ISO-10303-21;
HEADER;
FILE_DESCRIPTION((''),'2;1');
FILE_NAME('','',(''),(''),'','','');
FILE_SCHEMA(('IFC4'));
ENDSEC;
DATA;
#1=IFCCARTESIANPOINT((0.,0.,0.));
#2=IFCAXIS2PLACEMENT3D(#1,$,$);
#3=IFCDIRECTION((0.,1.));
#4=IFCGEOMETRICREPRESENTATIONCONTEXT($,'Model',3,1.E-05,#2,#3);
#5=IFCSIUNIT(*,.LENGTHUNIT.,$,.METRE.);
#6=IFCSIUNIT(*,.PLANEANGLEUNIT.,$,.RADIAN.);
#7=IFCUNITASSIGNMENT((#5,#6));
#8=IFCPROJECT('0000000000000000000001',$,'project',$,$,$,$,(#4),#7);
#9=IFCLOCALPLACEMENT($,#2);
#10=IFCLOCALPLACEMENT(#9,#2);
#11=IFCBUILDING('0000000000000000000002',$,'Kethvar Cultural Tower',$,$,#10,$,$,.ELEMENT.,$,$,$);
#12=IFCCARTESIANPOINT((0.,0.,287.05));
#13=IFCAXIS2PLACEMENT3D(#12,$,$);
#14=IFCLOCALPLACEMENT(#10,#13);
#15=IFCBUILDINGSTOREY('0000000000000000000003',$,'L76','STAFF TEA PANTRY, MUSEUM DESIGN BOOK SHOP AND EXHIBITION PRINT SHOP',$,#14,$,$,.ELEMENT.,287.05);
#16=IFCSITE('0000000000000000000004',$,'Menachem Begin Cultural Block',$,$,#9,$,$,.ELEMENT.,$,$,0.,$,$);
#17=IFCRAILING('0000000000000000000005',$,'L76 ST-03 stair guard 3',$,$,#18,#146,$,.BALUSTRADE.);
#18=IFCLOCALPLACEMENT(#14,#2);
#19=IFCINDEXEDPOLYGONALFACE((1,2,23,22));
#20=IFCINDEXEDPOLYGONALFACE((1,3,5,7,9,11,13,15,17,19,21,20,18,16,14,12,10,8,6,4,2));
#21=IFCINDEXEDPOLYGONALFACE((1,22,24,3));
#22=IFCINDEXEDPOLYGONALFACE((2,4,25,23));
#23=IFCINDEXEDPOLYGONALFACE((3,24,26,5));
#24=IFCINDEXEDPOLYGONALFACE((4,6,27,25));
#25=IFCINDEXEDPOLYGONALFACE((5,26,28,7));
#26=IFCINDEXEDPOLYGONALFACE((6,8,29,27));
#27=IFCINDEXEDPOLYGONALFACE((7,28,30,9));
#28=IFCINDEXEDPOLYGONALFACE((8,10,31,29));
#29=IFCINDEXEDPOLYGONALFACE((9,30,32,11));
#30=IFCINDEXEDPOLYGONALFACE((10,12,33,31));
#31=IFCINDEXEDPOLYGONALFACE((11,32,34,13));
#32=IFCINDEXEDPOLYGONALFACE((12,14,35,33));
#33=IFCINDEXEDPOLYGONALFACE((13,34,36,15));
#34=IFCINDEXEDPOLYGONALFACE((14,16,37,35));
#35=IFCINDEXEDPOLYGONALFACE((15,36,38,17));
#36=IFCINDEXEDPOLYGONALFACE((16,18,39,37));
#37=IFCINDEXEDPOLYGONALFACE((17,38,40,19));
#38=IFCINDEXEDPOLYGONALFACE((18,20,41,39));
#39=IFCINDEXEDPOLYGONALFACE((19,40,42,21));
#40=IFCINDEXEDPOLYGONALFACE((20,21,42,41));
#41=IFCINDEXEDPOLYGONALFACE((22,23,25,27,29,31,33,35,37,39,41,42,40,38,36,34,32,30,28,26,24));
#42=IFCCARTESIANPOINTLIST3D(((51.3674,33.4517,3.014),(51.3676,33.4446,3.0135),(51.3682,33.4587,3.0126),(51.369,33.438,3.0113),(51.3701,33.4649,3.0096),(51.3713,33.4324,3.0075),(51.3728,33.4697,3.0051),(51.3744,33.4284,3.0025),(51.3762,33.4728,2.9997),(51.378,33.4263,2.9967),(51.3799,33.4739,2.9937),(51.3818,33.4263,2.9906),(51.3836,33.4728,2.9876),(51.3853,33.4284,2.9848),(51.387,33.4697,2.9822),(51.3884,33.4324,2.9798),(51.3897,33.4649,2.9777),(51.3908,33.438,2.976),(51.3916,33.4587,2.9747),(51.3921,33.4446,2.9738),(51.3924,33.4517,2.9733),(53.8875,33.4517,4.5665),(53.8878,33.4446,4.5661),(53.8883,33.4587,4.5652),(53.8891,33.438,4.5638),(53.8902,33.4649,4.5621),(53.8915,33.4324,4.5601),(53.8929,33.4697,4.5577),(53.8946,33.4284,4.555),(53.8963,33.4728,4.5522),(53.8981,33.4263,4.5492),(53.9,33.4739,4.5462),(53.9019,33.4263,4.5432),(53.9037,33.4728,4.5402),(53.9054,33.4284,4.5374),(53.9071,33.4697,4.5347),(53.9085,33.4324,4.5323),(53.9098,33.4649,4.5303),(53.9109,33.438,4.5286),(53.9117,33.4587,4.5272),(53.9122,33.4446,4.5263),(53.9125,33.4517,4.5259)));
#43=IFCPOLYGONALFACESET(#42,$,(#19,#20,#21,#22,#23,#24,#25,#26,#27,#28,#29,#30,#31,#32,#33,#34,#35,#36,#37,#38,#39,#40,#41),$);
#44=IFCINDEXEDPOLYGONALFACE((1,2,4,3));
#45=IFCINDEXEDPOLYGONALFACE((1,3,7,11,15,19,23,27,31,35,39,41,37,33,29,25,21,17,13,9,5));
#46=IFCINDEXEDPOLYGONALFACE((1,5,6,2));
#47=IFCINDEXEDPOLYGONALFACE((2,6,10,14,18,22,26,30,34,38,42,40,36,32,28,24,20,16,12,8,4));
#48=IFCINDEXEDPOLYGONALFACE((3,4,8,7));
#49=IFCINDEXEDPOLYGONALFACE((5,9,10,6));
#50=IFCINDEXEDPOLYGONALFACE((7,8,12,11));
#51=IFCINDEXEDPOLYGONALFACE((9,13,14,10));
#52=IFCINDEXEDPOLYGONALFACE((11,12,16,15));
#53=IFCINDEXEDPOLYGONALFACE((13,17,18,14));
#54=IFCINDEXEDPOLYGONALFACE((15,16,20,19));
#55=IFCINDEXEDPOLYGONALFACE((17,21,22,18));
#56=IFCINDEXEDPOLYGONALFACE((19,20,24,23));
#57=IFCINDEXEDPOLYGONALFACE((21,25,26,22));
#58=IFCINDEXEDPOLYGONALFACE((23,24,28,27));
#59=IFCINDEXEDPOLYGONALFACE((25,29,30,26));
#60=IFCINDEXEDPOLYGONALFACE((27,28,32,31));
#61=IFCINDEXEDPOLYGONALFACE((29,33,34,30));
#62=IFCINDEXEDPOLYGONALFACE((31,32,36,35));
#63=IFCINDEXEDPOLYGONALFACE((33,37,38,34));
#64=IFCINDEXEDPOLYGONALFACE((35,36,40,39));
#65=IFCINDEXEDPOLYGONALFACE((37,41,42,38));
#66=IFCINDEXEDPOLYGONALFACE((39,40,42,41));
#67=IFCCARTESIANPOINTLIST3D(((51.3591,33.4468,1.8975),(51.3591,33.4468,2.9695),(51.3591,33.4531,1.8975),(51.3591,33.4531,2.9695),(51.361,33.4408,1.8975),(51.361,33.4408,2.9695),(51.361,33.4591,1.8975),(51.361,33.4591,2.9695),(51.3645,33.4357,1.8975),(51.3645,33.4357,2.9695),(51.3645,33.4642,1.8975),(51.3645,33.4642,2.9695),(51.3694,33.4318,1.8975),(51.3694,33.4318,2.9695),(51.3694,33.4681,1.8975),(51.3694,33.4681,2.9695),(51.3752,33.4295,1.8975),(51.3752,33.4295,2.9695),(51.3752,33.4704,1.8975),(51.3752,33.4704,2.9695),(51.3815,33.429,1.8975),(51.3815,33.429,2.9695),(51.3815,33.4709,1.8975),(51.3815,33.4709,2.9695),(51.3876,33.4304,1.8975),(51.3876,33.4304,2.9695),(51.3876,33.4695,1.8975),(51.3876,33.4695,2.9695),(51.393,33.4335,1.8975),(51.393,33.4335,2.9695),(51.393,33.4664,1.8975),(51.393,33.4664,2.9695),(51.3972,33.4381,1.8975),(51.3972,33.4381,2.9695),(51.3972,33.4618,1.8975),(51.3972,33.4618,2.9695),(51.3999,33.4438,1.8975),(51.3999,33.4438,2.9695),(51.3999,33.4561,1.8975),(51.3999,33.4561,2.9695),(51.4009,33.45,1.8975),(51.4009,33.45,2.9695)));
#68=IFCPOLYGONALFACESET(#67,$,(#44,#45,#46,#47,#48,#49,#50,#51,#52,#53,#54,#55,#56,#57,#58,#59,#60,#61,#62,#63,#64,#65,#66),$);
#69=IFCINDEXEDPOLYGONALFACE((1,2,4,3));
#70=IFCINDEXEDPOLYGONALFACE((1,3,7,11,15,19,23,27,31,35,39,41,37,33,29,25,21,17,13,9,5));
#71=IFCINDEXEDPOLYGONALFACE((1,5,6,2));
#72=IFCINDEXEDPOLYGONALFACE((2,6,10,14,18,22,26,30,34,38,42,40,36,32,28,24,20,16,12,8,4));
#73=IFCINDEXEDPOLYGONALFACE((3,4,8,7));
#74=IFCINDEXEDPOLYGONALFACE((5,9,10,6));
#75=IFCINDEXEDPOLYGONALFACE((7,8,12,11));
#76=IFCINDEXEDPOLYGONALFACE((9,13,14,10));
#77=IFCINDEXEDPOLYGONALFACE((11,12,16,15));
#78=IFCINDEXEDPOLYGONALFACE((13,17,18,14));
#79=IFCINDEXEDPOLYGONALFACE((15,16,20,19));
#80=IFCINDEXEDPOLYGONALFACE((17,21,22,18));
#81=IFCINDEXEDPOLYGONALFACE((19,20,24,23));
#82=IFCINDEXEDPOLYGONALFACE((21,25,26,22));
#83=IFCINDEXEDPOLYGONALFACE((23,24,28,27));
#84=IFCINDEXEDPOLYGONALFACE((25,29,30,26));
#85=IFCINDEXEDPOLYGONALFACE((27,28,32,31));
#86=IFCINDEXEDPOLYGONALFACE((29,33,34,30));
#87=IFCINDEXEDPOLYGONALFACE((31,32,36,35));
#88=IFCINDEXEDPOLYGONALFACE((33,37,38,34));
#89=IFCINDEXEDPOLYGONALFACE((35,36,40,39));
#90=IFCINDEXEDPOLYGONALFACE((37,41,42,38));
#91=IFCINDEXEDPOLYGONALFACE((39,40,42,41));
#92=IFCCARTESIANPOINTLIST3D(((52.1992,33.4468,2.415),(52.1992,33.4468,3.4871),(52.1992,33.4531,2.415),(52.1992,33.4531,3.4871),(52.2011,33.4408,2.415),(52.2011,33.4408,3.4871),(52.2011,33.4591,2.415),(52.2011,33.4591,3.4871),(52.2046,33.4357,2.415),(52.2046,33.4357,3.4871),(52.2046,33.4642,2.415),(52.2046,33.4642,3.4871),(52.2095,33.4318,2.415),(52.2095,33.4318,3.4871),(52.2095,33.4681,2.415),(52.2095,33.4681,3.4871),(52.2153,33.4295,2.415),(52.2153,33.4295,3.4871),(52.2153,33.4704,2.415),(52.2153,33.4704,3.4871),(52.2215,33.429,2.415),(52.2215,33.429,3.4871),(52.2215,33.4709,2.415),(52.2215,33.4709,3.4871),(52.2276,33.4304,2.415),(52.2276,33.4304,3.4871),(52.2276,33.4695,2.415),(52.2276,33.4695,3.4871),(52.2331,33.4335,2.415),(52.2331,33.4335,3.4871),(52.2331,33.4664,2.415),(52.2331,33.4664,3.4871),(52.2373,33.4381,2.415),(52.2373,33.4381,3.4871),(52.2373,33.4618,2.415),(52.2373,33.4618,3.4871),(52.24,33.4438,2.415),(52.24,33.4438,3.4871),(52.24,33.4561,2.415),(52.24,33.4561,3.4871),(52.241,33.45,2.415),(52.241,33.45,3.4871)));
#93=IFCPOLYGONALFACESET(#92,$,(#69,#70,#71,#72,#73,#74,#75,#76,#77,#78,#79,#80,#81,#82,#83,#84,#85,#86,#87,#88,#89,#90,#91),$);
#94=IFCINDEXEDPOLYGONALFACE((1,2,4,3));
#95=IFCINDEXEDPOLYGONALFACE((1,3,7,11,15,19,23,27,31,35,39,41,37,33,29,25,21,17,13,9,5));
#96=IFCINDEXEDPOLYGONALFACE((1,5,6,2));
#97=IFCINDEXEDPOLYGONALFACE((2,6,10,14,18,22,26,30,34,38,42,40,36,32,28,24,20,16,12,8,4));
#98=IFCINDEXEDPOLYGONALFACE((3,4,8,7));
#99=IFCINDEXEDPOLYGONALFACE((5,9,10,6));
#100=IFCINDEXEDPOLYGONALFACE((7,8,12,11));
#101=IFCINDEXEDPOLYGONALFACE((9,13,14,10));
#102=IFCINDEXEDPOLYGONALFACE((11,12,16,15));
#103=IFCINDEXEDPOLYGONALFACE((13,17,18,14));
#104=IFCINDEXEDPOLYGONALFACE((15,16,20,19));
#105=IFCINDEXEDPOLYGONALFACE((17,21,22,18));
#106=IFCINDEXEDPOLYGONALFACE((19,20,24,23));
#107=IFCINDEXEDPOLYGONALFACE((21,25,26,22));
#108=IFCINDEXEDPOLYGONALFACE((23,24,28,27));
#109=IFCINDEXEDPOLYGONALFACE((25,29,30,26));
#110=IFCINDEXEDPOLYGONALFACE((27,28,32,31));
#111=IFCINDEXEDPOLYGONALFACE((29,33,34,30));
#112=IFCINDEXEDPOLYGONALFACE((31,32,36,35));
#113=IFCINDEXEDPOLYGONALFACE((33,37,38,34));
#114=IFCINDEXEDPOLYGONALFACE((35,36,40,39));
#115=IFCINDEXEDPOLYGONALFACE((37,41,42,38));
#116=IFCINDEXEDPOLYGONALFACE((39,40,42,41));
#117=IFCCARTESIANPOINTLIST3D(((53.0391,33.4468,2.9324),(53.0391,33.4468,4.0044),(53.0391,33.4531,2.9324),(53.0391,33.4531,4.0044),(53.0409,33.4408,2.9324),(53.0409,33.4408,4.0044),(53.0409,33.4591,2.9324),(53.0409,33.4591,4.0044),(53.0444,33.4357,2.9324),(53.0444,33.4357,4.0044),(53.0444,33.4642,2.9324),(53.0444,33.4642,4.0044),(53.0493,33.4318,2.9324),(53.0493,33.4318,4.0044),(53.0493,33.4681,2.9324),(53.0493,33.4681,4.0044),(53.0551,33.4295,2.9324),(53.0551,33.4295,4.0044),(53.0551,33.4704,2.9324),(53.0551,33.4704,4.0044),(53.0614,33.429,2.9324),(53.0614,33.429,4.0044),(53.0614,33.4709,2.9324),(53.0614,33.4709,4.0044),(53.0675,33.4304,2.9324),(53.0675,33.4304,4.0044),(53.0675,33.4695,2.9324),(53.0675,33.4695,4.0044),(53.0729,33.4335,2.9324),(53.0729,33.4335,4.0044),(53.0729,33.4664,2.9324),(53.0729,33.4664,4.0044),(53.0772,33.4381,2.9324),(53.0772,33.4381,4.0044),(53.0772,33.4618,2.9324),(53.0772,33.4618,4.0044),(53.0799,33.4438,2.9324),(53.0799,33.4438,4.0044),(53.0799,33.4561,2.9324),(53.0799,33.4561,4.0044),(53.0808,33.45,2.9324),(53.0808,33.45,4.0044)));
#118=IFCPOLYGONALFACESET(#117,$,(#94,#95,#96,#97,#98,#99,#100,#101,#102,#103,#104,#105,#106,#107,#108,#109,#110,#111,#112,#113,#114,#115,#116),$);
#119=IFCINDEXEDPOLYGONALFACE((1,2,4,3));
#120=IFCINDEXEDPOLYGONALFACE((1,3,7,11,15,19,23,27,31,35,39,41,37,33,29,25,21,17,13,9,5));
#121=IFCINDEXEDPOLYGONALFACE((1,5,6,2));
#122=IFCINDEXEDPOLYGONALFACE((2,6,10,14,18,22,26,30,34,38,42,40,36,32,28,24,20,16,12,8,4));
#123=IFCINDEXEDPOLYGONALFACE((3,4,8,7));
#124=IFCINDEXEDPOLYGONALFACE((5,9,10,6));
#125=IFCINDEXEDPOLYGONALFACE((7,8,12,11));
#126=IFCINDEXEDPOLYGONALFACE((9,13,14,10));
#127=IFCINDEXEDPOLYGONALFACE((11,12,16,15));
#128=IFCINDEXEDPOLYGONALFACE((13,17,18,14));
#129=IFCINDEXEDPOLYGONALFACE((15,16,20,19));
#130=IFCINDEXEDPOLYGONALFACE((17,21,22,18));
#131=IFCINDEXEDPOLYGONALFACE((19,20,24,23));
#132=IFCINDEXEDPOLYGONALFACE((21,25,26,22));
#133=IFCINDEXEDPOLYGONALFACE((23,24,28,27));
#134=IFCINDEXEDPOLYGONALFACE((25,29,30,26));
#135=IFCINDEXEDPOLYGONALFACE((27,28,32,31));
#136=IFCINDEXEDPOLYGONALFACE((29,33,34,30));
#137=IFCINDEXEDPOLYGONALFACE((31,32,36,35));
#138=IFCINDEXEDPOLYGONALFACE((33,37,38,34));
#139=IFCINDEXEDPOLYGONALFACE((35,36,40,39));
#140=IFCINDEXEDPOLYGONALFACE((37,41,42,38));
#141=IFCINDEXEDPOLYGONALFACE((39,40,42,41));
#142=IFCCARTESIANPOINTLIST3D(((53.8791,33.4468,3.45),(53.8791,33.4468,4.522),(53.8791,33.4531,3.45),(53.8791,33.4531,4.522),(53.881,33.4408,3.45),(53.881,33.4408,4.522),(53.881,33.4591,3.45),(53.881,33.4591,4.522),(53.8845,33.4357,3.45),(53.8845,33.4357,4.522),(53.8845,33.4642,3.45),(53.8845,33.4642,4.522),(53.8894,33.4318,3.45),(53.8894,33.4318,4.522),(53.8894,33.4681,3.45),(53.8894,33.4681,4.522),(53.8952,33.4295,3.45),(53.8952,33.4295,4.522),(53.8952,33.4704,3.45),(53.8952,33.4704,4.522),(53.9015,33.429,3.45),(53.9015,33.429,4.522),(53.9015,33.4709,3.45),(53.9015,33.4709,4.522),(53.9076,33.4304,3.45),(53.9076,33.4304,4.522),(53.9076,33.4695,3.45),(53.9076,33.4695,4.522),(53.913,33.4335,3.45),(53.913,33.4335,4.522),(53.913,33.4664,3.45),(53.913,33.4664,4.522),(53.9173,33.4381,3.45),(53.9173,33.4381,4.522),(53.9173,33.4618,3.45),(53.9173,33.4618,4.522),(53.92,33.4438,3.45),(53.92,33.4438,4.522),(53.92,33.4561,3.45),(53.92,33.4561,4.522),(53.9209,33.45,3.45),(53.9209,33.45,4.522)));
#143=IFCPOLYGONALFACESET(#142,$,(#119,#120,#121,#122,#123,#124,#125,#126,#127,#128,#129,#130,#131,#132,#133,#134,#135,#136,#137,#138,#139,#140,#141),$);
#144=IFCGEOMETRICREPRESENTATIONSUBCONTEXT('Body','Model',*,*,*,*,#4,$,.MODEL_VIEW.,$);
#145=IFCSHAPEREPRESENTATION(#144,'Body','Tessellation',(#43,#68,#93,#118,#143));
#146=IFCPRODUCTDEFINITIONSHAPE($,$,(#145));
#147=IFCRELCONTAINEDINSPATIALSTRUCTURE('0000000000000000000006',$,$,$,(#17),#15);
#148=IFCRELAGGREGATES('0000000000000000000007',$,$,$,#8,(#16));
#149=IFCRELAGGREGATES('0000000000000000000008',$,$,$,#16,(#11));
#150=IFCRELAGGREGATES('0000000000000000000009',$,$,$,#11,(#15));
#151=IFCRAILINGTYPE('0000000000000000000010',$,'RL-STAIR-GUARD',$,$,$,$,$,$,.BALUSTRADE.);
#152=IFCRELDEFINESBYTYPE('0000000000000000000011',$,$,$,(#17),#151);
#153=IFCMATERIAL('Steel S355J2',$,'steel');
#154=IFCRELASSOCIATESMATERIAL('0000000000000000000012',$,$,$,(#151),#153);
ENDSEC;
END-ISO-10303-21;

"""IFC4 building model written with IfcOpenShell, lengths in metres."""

from ifc_helpers import new_model, si_unit, direction, frame, origin, origin_2d, place, context, subcontext, project, spatial, circle, extrude, material, type_object, element, save


model = new_model("IFC4")

# Units and contexts
model_context = context("Model", 3, precision=1e-05, world=origin(), true_north=direction((0.0, 1.0)))
body_context = subcontext(model_context, "Body", "Model", "MODEL_VIEW")
ifc_project = project(units=[si_unit("LENGTHUNIT", "METRE"), si_unit("PLANEANGLEUNIT", "RADIAN")], contexts=[model_context])

# Site, building, storey
site_placement = place(None, origin())
site = spatial("IfcSite", under=ifc_project, at=site_placement, Name="Menachem Begin Cultural Block", CompositionType="ELEMENT", RefElevation=0.0)
building_placement = place(site_placement, origin())
building = spatial("IfcBuilding", under=site, at=building_placement, Name="Kethvar Cultural Tower", CompositionType="ELEMENT")
storey_placement = place(building_placement, frame((0.0, 0.0, 287.05)))
storey = spatial("IfcBuildingStorey", under=building, at=storey_placement, Name="L76", Description="STAFF TEA PANTRY, MUSEUM DESIGN BOOK SHOP AND EXHIBITION PRINT SHOP", CompositionType="ELEMENT", Elevation=287.05)

# Shared definitions
ifc_material_1 = material(Name="Steel S355J2", Category="steel")

# Railing
railing_type_1 = type_object("IfcRailingType", Name="RL-STAIR-GUARD", PredefinedType="BALUSTRADE", material=ifc_material_1)
railing_1_placement = place(storey_placement, frame((51.3799, 33.45, 1.8975)))
element("IfcRailing", 1, at=railing_1_placement, inside=storey, type_object=railing_type_1, Name="L76 ST-03 stair guard 3", PredefinedType="BALUSTRADE", context=body_context, shape_type="SweptSolid", body=[
    extrude(circle(Radius=0.0239, at=origin_2d()), frame((0.0, 0.0, 1.0962), z_axis=(0.8514, 0.0, 0.524516), x_axis=(0.0, 1.0, 0.0)), (0.0, 0.0, 1.0), 2.96),
    extrude(circle(Radius=0.021, at=origin_2d()), origin(), (0.0, 0.0, 1.0), 1.072),
    extrude(circle(Radius=0.021, at=origin_2d()), frame((0.8401, 0.0, 0.5176)), (0.0, 0.0, 1.0), 1.072),
    extrude(circle(Radius=0.021, at=origin_2d()), frame((1.6799, 0.0, 1.0349)), (0.0, 0.0, 1.0), 1.072),
    extrude(circle(Radius=0.021, at=origin_2d()), frame((2.52, 0.0, 1.5525)), (0.0, 0.0, 1.0), 1.072),
])

save(model, "model.ifc")
